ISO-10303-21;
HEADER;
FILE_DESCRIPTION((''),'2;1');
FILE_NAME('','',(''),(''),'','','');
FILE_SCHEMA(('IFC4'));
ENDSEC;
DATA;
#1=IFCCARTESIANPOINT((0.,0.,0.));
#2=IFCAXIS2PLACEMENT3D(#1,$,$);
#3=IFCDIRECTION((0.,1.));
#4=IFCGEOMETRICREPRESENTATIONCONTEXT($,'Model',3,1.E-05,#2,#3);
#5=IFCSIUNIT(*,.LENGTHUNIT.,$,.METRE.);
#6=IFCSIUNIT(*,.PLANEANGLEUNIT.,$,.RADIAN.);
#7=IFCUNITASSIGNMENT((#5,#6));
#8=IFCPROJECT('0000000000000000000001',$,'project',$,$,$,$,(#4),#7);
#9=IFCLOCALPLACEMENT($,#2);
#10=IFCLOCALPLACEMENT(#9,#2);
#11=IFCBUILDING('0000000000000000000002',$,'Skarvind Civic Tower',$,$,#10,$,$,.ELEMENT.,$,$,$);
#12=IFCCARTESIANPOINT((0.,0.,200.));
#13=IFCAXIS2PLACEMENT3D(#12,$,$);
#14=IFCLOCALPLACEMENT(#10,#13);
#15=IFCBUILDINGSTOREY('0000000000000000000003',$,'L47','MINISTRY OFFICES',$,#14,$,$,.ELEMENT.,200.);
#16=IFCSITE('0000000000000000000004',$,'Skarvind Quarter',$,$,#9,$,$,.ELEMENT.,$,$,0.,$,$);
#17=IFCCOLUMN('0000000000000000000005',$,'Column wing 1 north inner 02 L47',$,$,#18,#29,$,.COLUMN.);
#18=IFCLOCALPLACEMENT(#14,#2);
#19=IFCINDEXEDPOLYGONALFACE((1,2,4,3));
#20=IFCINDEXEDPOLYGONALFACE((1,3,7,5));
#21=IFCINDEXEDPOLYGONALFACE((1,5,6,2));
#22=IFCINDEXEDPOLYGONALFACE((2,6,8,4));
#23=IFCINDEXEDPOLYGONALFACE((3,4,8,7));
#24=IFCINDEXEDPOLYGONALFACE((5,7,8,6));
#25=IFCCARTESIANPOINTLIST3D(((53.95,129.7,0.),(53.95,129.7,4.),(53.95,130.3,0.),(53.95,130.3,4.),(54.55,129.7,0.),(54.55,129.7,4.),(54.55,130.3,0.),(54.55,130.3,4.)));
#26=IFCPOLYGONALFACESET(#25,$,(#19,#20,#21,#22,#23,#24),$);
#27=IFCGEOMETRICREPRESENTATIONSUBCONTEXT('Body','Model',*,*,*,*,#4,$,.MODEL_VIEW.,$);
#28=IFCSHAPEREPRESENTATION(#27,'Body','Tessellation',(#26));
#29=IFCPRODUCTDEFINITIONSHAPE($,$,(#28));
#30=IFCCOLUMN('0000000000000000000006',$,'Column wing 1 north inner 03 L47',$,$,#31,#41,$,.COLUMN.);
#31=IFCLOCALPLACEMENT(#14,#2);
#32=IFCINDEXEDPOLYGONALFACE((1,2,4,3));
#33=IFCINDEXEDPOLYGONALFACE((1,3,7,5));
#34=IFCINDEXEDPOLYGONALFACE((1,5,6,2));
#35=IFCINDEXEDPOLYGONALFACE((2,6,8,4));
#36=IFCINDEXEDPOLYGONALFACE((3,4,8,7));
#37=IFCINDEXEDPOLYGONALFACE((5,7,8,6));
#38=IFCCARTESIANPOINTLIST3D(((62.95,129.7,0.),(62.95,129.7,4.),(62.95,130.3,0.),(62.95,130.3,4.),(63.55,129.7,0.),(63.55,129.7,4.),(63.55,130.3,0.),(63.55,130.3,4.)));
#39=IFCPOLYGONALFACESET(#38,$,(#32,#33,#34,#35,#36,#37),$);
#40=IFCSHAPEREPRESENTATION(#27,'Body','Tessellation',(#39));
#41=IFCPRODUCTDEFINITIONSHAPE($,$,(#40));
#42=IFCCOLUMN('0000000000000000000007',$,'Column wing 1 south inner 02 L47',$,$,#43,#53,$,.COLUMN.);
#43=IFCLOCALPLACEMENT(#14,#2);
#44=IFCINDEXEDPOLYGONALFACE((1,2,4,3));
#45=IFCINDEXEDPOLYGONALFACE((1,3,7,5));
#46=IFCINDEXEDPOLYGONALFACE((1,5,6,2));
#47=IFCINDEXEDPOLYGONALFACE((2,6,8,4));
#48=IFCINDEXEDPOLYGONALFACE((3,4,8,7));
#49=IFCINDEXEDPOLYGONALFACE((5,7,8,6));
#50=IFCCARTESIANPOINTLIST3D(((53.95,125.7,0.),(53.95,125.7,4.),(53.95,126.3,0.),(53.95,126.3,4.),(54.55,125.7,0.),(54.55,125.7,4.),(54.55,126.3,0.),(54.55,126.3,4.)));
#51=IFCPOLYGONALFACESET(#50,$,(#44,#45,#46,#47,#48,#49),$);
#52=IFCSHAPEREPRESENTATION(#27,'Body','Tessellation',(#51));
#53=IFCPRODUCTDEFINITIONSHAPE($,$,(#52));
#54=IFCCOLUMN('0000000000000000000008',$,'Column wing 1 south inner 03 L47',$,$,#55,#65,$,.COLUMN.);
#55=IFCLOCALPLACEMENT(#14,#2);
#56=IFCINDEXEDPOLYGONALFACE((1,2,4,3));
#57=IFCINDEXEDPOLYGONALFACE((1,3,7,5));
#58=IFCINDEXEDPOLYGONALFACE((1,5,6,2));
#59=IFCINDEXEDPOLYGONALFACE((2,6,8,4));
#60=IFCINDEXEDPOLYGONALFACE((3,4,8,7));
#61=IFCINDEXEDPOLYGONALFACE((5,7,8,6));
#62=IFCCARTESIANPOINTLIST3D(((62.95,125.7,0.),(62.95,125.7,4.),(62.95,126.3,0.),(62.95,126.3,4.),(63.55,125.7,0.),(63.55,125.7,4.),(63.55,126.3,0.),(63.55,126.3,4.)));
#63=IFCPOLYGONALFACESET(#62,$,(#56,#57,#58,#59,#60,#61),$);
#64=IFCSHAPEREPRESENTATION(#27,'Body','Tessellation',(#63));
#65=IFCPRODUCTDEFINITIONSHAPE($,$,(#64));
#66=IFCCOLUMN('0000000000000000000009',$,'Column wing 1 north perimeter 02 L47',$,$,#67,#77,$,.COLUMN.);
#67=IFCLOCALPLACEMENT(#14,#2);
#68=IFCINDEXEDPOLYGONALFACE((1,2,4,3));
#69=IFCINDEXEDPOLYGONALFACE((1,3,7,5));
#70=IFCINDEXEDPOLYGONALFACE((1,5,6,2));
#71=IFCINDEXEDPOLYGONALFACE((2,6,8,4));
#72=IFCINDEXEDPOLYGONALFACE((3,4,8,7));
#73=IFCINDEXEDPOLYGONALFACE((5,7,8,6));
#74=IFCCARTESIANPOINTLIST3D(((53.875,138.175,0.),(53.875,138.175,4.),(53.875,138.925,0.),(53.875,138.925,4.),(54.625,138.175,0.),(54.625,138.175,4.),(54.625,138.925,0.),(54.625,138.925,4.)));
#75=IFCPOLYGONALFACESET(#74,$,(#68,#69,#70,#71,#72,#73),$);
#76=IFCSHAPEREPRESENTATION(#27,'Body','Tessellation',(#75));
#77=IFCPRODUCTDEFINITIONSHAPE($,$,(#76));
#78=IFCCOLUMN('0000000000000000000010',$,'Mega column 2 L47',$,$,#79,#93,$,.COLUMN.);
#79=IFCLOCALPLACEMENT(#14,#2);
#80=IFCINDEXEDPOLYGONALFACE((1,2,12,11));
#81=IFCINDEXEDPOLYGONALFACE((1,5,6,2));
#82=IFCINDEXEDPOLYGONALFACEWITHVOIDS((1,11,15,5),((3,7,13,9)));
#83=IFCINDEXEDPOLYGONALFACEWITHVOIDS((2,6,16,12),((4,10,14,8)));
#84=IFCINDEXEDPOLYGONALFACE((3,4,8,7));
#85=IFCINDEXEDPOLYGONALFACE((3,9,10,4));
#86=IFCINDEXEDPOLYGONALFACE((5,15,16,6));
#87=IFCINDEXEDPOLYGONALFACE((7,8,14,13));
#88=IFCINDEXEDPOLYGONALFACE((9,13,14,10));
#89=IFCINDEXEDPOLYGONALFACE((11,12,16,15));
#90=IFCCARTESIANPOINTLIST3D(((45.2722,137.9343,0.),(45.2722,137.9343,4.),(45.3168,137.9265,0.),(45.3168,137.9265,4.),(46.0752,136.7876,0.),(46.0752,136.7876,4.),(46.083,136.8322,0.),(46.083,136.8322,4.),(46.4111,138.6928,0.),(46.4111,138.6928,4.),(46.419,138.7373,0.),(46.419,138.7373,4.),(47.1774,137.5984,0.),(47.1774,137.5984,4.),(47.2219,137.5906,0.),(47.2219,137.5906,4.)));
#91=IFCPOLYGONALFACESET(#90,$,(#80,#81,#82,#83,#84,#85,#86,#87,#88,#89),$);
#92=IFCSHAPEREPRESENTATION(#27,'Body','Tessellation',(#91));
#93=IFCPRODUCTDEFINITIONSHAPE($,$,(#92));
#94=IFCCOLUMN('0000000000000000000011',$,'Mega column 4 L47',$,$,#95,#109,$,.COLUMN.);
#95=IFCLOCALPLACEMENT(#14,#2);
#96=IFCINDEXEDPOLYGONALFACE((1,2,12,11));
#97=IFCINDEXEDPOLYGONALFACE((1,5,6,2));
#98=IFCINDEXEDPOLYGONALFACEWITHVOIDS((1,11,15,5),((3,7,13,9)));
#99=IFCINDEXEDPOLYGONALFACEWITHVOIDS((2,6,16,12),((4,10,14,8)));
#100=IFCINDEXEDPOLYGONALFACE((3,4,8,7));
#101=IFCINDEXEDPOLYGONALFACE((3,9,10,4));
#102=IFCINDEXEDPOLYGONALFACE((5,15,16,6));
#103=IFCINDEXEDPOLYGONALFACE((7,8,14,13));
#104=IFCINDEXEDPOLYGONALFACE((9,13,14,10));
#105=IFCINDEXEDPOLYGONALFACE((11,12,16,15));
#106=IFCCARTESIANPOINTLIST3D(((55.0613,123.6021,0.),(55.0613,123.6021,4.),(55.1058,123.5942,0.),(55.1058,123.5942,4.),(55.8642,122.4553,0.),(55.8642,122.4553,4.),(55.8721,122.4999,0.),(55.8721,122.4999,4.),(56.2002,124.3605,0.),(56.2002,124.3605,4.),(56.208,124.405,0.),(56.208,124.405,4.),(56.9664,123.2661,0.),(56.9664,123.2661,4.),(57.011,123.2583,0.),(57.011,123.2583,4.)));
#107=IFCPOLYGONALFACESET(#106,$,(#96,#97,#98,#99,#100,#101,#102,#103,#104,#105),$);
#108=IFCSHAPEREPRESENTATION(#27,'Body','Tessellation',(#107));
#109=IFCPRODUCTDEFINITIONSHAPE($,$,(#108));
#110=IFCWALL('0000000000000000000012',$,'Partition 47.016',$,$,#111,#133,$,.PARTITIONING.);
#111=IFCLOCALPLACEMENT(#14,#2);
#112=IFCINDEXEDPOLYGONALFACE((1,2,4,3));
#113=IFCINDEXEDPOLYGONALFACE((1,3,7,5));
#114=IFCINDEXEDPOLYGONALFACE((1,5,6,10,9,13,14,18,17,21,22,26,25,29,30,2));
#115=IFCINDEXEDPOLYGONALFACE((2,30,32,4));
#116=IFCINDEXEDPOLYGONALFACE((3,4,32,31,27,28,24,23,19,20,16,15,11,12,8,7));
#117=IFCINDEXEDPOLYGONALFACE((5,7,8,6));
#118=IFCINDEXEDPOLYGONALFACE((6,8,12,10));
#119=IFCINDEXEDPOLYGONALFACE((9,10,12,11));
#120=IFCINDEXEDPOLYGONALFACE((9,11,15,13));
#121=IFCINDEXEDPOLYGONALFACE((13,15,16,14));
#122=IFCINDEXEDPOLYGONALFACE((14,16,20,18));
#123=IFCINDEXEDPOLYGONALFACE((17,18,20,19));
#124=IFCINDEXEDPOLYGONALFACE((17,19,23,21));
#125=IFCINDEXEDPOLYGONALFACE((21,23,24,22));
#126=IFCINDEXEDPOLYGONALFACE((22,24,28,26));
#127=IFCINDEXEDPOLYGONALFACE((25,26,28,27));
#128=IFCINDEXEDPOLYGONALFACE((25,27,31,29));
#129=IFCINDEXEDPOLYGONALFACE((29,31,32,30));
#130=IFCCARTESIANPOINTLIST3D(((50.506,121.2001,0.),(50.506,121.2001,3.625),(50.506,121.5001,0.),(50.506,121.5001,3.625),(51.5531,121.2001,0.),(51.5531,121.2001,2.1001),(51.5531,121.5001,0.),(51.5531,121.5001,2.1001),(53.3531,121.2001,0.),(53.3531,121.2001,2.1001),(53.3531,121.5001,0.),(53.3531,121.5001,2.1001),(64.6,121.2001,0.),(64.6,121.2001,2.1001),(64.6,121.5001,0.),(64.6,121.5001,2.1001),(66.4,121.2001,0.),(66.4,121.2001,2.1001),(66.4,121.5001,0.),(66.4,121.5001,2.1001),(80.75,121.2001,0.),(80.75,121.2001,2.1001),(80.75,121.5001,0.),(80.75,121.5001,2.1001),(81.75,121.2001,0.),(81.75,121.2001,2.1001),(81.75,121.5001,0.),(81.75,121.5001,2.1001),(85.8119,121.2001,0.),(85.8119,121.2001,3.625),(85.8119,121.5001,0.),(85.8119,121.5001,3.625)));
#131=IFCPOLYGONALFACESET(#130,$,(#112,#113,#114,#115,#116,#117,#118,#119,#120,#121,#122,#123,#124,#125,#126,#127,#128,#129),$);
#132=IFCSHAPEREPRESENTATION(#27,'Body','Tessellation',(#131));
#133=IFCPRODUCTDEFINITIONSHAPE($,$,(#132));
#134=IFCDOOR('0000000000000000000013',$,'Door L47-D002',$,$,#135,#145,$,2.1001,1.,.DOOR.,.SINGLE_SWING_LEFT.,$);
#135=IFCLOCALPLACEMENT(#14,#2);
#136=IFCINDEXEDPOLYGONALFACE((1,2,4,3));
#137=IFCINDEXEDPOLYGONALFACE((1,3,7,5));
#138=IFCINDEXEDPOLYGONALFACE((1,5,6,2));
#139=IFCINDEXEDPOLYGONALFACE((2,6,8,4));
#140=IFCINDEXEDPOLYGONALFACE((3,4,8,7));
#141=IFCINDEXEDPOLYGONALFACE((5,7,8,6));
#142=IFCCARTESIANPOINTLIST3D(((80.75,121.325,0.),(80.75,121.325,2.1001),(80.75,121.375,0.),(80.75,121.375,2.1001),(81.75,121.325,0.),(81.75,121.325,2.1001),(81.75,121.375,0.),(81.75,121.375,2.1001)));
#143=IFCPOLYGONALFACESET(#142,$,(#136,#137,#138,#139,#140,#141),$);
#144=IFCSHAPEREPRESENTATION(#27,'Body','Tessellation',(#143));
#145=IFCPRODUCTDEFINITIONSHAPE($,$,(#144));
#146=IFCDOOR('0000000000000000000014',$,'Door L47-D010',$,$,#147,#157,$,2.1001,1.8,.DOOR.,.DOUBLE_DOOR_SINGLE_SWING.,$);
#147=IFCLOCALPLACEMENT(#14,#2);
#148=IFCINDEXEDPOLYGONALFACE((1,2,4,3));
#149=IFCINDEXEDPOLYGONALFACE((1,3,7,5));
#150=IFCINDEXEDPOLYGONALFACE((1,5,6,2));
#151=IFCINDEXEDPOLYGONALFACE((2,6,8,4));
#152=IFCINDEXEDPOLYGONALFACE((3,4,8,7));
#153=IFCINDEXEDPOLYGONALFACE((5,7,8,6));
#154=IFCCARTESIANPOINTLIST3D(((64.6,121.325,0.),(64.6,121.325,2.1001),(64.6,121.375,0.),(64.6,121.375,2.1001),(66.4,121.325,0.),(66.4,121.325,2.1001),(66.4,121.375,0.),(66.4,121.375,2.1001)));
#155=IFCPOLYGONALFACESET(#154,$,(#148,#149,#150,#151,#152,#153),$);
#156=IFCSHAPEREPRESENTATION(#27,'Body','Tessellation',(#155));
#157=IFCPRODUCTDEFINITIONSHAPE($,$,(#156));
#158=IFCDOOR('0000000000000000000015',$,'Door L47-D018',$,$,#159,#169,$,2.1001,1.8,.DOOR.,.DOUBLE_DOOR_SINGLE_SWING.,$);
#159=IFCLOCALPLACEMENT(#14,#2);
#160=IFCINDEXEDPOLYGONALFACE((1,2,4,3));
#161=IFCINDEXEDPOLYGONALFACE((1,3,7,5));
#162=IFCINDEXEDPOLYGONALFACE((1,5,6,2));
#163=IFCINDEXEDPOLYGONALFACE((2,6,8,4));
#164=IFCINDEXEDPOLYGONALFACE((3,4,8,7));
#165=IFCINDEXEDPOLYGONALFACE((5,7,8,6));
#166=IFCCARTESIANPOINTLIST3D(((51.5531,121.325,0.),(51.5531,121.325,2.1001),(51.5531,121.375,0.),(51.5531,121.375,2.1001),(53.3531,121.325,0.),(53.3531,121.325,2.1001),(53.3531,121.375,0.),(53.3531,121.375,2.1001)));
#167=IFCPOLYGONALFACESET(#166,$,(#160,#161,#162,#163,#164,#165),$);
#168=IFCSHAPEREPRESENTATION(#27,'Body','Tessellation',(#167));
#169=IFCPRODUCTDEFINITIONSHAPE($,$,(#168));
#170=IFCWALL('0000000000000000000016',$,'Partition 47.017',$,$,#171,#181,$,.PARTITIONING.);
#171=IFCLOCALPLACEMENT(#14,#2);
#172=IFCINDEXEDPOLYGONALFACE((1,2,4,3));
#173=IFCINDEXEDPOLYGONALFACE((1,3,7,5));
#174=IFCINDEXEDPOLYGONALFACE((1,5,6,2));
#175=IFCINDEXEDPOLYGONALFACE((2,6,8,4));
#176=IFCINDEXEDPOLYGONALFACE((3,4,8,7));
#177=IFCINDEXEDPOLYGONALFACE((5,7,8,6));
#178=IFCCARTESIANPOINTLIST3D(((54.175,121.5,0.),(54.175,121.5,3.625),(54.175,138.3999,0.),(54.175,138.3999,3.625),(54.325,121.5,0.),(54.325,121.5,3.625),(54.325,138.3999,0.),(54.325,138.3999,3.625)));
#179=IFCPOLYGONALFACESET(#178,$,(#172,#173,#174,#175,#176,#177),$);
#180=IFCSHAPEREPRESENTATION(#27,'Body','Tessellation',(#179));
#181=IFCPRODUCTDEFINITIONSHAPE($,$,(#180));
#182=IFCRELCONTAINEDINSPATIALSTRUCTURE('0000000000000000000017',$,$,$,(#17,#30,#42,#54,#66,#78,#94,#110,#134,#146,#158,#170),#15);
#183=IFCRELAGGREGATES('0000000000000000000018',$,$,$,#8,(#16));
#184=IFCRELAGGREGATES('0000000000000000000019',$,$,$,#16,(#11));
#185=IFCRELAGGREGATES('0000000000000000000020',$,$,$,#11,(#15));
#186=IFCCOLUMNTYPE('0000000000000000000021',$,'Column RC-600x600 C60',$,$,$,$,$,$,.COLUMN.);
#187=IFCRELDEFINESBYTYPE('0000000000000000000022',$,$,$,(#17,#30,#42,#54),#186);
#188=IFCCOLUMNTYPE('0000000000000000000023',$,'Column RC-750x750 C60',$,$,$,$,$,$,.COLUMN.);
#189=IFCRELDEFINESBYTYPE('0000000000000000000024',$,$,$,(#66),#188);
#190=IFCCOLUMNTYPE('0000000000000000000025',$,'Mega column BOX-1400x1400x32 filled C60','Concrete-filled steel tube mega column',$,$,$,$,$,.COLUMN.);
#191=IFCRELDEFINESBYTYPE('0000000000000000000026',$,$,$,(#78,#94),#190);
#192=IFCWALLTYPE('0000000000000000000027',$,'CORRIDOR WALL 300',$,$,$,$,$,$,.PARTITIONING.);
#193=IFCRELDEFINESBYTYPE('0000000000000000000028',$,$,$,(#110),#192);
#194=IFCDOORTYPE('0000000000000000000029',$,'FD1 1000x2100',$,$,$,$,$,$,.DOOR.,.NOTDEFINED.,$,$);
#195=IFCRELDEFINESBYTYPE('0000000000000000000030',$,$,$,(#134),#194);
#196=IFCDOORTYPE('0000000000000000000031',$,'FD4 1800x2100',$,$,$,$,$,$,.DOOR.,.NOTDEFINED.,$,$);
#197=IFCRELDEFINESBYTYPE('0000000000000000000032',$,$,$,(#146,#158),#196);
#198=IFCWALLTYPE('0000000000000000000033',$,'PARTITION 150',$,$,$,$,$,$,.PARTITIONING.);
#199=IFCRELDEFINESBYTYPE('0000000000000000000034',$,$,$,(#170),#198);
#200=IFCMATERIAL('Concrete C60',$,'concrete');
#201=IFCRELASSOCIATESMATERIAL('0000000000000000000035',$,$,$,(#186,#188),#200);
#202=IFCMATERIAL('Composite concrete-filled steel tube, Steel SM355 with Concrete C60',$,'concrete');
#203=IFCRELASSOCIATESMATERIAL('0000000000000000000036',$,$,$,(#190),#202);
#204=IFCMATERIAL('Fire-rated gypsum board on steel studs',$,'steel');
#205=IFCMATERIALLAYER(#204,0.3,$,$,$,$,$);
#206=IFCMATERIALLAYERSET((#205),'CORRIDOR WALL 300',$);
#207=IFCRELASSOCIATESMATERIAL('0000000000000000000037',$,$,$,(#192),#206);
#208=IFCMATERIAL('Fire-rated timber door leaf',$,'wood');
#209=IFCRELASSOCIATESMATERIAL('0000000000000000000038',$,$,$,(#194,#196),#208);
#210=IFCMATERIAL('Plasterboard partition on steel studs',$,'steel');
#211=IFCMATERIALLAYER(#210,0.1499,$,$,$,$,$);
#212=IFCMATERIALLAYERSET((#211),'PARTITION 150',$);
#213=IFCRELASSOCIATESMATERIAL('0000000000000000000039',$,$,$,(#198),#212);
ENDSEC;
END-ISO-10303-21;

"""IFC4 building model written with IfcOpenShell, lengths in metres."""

from ifc_helpers import new_model, si_unit, direction, frame, frame_2d, origin, origin_2d, place, context, subcontext, project, spatial, rectangle, hollow_rectangle, extrude, material, layer, layer_set, material_profile, profile_set, type_object, element, fill, save


model = new_model("IFC4")

# Units and contexts
model_context = context("Model", 3, precision=1e-05, world=origin(), true_north=direction((0.0, 1.0)))
body_context = subcontext(model_context, "Body", "Model", "MODEL_VIEW")
ifc_project = project(units=[si_unit("LENGTHUNIT", "METRE"), si_unit("PLANEANGLEUNIT", "RADIAN")], contexts=[model_context])

# Site, building, storey
site_placement = place(None, origin())
site = spatial("IfcSite", under=ifc_project, at=site_placement, Name="Skarvind Quarter", CompositionType="ELEMENT", RefElevation=0.0)
building_placement = place(site_placement, origin())
building = spatial("IfcBuilding", under=site, at=building_placement, Name="Skarvind Civic Tower", CompositionType="ELEMENT")
storey_placement = place(building_placement, frame((0.0, 0.0, 200.0)))
storey = spatial("IfcBuildingStorey", under=building, at=storey_placement, Name="L47", Description="MINISTRY OFFICES", CompositionType="ELEMENT", Elevation=200.0)

# Columns
ifc_material_1 = material(Name="Concrete C60", Category="concrete")
ifc_material_profile_1 = material_profile(ifc_material_1, rectangle(XDim=0.6001, YDim=0.6001, at=origin_2d()), Name="RC-600x600")
ifc_profile_set_1 = profile_set([ifc_material_profile_1], Name="Concrete C60")
column_type_1 = type_object("IfcColumnType", Name="Column RC-600x600 C60", PredefinedType="COLUMN", material=ifc_profile_set_1)
for number, where, z_axis, x_axis, name in (
    (1, (54.25, 130.0, 0.0), (0.0, 0.0, 1.0), (1.0, 0.0, 0.0), "Column wing 1 north inner 02 L47"),
    (2, (63.25, 130.0, 0.0), (0.0, 0.0, 1.0), (1.0, 0.0, 0.0), "Column wing 1 north inner 03 L47"),
    (3, (54.25, 126.0, 0.0), (0.0, 0.0, 1.0), (1.0, 0.0, 0.0), "Column wing 1 south inner 02 L47"),
    (4, (63.25, 126.0, 0.0), (0.0, 0.0, 1.0), (1.0, 0.0, 0.0), "Column wing 1 south inner 03 L47"),
):
    element("IfcColumn", number, at=place(storey_placement, frame(where, z_axis=z_axis, x_axis=x_axis)), inside=storey, type_object=column_type_1, Name=name, PredefinedType="COLUMN", context=body_context, shape_type="SweptSolid", body=[
        extrude(rectangle(XDim=0.6001, YDim=0.6001, at=origin_2d()), origin(), (0.0, 0.0, 1.0), 4.0),
    ])
ifc_material_profile_2 = material_profile(ifc_material_1, rectangle(XDim=0.75, YDim=0.75, at=origin_2d()), Name="RC-750x750")
ifc_profile_set_2 = profile_set([ifc_material_profile_2], Name="Concrete C60")
column_type_2 = type_object("IfcColumnType", Name="Column RC-750x750 C60", PredefinedType="COLUMN", material=ifc_profile_set_2)
column_placement = place(storey_placement, frame((54.25, 138.55, 0.0), z_axis=(0.0, 0.0, 1.0), x_axis=(1.0, 0.0, 0.0)))
element("IfcColumn", 5, at=column_placement, inside=storey, type_object=column_type_2, Name="Column wing 1 north perimeter 02 L47", PredefinedType="COLUMN", context=body_context, shape_type="SweptSolid", body=[
    extrude(rectangle(XDim=0.75, YDim=0.75, at=origin_2d()), origin(), (0.0, 0.0, 1.0), 4.0),
])
ifc_material_2 = material(Name="Composite concrete-filled steel tube, Steel SM355 with Concrete C60", Category="concrete")
ifc_material_profile_3 = material_profile(ifc_material_2, hollow_rectangle(XDim=1.3999, YDim=1.3999, WallThickness=0.032, at=origin_2d()), Name="BOX-1400x1400x32")
ifc_profile_set_3 = profile_set([ifc_material_profile_3], Name="Composite concrete-filled steel tube, Steel SM355 with Concrete C60")
column_type_3 = type_object("IfcColumnType", Name="Mega column BOX-1400x1400x32 filled C60", Description="Concrete-filled steel tube mega column", PredefinedType="COLUMN", material=ifc_profile_set_3)
for number, where, z_axis, x_axis, name in (
    (6, (46.2471, 137.7625, 0.0), (0.0, 0.0, 1.0), (0.573576, -0.819152, 0.0), "Mega column 2 L47"),
    (7, (56.0361, 123.4302, 0.0), (0.0, 0.0, 1.0), (0.573576, -0.819152, 0.0), "Mega column 4 L47"),
):
    element("IfcColumn", number, at=place(storey_placement, frame(where, z_axis=z_axis, x_axis=x_axis)), inside=storey, type_object=column_type_3, Name=name, PredefinedType="COLUMN", context=body_context, shape_type="SweptSolid", body=[
        extrude(hollow_rectangle(XDim=1.3999, YDim=1.3999, WallThickness=0.032, at=origin_2d()), origin(), (0.0, 0.0, 1.0), 4.0),
    ])

# Wall, openings, doors
ifc_material_3 = material(Name="Fire-rated gypsum board on steel studs", Category="steel")
ifc_layer_1 = layer(ifc_material_3, 0.3)
ifc_layer_set_1 = layer_set([ifc_layer_1], Name="CORRIDOR WALL 300")
wall_type_1 = type_object("IfcWallType", Name="CORRIDOR WALL 300", PredefinedType="PARTITIONING", material=ifc_layer_set_1)
wall_1_placement = place(storey_placement, frame((50.5061, 121.3501, 0.0), z_axis=(0.0, 0.0, 1.0), x_axis=(1.0, 0.0, 0.0)))
wall_1 = element("IfcWall", 8, at=wall_1_placement, inside=storey, type_object=wall_type_1, Name="Partition 47.016", PredefinedType="PARTITIONING", context=body_context, shape_type="SweptSolid", body=[
    extrude(rectangle(XDim=35.3059, YDim=0.3, at=frame_2d((17.6528, 0.0))), origin(), (0.0, 0.0, 1.0), 3.625),
])
opening_1_placement = place(wall_1_placement, frame((30.2439, 0.0, 0.0)))
opening_1 = element("IfcOpeningElement", 9, at=opening_1_placement, cuts=wall_1, PredefinedType="OPENING", context=body_context, shape_type="SweptSolid", body=[
    extrude(rectangle(XDim=1.0, YDim=2.1001, at=frame_2d((0.5, 1.05))), frame((0.0, 0.1599, 0.0), z_axis=(0.0, -1.0, 0.0), x_axis=(1.0, 0.0, 0.0)), (0.0, 0.0, 1.0), 0.3201),
])
opening_2_placement = place(wall_1_placement, frame((14.094, 0.0, 0.0)))
opening_2 = element("IfcOpeningElement", 10, at=opening_2_placement, cuts=wall_1, PredefinedType="OPENING", context=body_context, shape_type="SweptSolid", body=[
    extrude(rectangle(XDim=1.8, YDim=2.1001, at=frame_2d((0.8999, 1.05))), frame((0.0, 0.1599, 0.0), z_axis=(0.0, -1.0, 0.0), x_axis=(1.0, 0.0, 0.0)), (0.0, 0.0, 1.0), 0.3201),
])
opening_3_placement = place(wall_1_placement, frame((1.0471, 0.0, 0.0)))
opening_3 = element("IfcOpeningElement", 11, at=opening_3_placement, cuts=wall_1, PredefinedType="OPENING", context=body_context, shape_type="SweptSolid", body=[
    extrude(rectangle(XDim=1.8, YDim=2.1001, at=frame_2d((0.8999, 1.05))), frame((0.0, 0.1599, 0.0), z_axis=(0.0, -1.0, 0.0), x_axis=(1.0, 0.0, 0.0)), (0.0, 0.0, 1.0), 0.3201),
])
ifc_material_4 = material(Name="Fire-rated timber door leaf", Category="wood")
door_type_1 = type_object("IfcDoorType", Name="FD1 1000x2100", OperationType="NOTDEFINED", PredefinedType="DOOR", material=ifc_material_4)
door_1_placement = place(opening_1_placement, origin())
door_1 = element("IfcDoor", 12, at=door_1_placement, inside=storey, type_object=door_type_1, Name="Door L47-D002", OperationType="SINGLE_SWING_LEFT", OverallHeight=2.1001, OverallWidth=1.0, PredefinedType="DOOR", context=body_context, shape_type="SweptSolid", body=[
    extrude(rectangle(XDim=1.0, YDim=2.1001, at=frame_2d((0.5, 1.05))), frame((0.0, 0.0249, 0.0), z_axis=(0.0, -1.0, 0.0), x_axis=(1.0, 0.0, 0.0)), (0.0, 0.0, 1.0), 0.05),
])
fill(opening_1, door_1)
door_type_2 = type_object("IfcDoorType", Name="FD4 1800x2100", OperationType="NOTDEFINED", PredefinedType="DOOR", material=ifc_material_4)
door_2_placement = place(opening_2_placement, origin())
door_2 = element("IfcDoor", 13, at=door_2_placement, inside=storey, type_object=door_type_2, Name="Door L47-D010", OperationType="DOUBLE_DOOR_SINGLE_SWING", OverallHeight=2.1001, OverallWidth=1.8, PredefinedType="DOOR", context=body_context, shape_type="SweptSolid", body=[
    extrude(rectangle(XDim=1.8, YDim=2.1001, at=frame_2d((0.8999, 1.05))), frame((0.0, 0.0249, 0.0), z_axis=(0.0, -1.0, 0.0), x_axis=(1.0, 0.0, 0.0)), (0.0, 0.0, 1.0), 0.05),
])
fill(opening_2, door_2)
door_3_placement = place(opening_3_placement, origin())
door_3 = element("IfcDoor", 14, at=door_3_placement, inside=storey, type_object=door_type_2, Name="Door L47-D018", OperationType="DOUBLE_DOOR_SINGLE_SWING", OverallHeight=2.1001, OverallWidth=1.8, PredefinedType="DOOR", context=body_context, shape_type="SweptSolid", body=[
    extrude(rectangle(XDim=1.8, YDim=2.1001, at=frame_2d((0.8999, 1.05))), frame((0.0, 0.0249, 0.0), z_axis=(0.0, -1.0, 0.0), x_axis=(1.0, 0.0, 0.0)), (0.0, 0.0, 1.0), 0.05),
])
fill(opening_3, door_3)

# Wall
ifc_material_5 = material(Name="Plasterboard partition on steel studs", Category="steel")
ifc_layer_2 = layer(ifc_material_5, 0.1499)
ifc_layer_set_2 = layer_set([ifc_layer_2], Name="PARTITION 150")
wall_type_2 = type_object("IfcWallType", Name="PARTITION 150", PredefinedType="PARTITIONING", material=ifc_layer_set_2)
wall_2_placement = place(storey_placement, frame((54.25, 121.5, 0.0), z_axis=(0.0, 0.0, 1.0), x_axis=(0.0, 1.0, 0.0)))
element("IfcWall", 15, at=wall_2_placement, inside=storey, type_object=wall_type_2, Name="Partition 47.017", PredefinedType="PARTITIONING", context=body_context, shape_type="SweptSolid", body=[
    extrude(rectangle(XDim=16.8999, YDim=0.1499, at=frame_2d((8.45, 0.0))), origin(), (0.0, 0.0, 1.0), 3.625),
])

save(model, "model.ifc")
